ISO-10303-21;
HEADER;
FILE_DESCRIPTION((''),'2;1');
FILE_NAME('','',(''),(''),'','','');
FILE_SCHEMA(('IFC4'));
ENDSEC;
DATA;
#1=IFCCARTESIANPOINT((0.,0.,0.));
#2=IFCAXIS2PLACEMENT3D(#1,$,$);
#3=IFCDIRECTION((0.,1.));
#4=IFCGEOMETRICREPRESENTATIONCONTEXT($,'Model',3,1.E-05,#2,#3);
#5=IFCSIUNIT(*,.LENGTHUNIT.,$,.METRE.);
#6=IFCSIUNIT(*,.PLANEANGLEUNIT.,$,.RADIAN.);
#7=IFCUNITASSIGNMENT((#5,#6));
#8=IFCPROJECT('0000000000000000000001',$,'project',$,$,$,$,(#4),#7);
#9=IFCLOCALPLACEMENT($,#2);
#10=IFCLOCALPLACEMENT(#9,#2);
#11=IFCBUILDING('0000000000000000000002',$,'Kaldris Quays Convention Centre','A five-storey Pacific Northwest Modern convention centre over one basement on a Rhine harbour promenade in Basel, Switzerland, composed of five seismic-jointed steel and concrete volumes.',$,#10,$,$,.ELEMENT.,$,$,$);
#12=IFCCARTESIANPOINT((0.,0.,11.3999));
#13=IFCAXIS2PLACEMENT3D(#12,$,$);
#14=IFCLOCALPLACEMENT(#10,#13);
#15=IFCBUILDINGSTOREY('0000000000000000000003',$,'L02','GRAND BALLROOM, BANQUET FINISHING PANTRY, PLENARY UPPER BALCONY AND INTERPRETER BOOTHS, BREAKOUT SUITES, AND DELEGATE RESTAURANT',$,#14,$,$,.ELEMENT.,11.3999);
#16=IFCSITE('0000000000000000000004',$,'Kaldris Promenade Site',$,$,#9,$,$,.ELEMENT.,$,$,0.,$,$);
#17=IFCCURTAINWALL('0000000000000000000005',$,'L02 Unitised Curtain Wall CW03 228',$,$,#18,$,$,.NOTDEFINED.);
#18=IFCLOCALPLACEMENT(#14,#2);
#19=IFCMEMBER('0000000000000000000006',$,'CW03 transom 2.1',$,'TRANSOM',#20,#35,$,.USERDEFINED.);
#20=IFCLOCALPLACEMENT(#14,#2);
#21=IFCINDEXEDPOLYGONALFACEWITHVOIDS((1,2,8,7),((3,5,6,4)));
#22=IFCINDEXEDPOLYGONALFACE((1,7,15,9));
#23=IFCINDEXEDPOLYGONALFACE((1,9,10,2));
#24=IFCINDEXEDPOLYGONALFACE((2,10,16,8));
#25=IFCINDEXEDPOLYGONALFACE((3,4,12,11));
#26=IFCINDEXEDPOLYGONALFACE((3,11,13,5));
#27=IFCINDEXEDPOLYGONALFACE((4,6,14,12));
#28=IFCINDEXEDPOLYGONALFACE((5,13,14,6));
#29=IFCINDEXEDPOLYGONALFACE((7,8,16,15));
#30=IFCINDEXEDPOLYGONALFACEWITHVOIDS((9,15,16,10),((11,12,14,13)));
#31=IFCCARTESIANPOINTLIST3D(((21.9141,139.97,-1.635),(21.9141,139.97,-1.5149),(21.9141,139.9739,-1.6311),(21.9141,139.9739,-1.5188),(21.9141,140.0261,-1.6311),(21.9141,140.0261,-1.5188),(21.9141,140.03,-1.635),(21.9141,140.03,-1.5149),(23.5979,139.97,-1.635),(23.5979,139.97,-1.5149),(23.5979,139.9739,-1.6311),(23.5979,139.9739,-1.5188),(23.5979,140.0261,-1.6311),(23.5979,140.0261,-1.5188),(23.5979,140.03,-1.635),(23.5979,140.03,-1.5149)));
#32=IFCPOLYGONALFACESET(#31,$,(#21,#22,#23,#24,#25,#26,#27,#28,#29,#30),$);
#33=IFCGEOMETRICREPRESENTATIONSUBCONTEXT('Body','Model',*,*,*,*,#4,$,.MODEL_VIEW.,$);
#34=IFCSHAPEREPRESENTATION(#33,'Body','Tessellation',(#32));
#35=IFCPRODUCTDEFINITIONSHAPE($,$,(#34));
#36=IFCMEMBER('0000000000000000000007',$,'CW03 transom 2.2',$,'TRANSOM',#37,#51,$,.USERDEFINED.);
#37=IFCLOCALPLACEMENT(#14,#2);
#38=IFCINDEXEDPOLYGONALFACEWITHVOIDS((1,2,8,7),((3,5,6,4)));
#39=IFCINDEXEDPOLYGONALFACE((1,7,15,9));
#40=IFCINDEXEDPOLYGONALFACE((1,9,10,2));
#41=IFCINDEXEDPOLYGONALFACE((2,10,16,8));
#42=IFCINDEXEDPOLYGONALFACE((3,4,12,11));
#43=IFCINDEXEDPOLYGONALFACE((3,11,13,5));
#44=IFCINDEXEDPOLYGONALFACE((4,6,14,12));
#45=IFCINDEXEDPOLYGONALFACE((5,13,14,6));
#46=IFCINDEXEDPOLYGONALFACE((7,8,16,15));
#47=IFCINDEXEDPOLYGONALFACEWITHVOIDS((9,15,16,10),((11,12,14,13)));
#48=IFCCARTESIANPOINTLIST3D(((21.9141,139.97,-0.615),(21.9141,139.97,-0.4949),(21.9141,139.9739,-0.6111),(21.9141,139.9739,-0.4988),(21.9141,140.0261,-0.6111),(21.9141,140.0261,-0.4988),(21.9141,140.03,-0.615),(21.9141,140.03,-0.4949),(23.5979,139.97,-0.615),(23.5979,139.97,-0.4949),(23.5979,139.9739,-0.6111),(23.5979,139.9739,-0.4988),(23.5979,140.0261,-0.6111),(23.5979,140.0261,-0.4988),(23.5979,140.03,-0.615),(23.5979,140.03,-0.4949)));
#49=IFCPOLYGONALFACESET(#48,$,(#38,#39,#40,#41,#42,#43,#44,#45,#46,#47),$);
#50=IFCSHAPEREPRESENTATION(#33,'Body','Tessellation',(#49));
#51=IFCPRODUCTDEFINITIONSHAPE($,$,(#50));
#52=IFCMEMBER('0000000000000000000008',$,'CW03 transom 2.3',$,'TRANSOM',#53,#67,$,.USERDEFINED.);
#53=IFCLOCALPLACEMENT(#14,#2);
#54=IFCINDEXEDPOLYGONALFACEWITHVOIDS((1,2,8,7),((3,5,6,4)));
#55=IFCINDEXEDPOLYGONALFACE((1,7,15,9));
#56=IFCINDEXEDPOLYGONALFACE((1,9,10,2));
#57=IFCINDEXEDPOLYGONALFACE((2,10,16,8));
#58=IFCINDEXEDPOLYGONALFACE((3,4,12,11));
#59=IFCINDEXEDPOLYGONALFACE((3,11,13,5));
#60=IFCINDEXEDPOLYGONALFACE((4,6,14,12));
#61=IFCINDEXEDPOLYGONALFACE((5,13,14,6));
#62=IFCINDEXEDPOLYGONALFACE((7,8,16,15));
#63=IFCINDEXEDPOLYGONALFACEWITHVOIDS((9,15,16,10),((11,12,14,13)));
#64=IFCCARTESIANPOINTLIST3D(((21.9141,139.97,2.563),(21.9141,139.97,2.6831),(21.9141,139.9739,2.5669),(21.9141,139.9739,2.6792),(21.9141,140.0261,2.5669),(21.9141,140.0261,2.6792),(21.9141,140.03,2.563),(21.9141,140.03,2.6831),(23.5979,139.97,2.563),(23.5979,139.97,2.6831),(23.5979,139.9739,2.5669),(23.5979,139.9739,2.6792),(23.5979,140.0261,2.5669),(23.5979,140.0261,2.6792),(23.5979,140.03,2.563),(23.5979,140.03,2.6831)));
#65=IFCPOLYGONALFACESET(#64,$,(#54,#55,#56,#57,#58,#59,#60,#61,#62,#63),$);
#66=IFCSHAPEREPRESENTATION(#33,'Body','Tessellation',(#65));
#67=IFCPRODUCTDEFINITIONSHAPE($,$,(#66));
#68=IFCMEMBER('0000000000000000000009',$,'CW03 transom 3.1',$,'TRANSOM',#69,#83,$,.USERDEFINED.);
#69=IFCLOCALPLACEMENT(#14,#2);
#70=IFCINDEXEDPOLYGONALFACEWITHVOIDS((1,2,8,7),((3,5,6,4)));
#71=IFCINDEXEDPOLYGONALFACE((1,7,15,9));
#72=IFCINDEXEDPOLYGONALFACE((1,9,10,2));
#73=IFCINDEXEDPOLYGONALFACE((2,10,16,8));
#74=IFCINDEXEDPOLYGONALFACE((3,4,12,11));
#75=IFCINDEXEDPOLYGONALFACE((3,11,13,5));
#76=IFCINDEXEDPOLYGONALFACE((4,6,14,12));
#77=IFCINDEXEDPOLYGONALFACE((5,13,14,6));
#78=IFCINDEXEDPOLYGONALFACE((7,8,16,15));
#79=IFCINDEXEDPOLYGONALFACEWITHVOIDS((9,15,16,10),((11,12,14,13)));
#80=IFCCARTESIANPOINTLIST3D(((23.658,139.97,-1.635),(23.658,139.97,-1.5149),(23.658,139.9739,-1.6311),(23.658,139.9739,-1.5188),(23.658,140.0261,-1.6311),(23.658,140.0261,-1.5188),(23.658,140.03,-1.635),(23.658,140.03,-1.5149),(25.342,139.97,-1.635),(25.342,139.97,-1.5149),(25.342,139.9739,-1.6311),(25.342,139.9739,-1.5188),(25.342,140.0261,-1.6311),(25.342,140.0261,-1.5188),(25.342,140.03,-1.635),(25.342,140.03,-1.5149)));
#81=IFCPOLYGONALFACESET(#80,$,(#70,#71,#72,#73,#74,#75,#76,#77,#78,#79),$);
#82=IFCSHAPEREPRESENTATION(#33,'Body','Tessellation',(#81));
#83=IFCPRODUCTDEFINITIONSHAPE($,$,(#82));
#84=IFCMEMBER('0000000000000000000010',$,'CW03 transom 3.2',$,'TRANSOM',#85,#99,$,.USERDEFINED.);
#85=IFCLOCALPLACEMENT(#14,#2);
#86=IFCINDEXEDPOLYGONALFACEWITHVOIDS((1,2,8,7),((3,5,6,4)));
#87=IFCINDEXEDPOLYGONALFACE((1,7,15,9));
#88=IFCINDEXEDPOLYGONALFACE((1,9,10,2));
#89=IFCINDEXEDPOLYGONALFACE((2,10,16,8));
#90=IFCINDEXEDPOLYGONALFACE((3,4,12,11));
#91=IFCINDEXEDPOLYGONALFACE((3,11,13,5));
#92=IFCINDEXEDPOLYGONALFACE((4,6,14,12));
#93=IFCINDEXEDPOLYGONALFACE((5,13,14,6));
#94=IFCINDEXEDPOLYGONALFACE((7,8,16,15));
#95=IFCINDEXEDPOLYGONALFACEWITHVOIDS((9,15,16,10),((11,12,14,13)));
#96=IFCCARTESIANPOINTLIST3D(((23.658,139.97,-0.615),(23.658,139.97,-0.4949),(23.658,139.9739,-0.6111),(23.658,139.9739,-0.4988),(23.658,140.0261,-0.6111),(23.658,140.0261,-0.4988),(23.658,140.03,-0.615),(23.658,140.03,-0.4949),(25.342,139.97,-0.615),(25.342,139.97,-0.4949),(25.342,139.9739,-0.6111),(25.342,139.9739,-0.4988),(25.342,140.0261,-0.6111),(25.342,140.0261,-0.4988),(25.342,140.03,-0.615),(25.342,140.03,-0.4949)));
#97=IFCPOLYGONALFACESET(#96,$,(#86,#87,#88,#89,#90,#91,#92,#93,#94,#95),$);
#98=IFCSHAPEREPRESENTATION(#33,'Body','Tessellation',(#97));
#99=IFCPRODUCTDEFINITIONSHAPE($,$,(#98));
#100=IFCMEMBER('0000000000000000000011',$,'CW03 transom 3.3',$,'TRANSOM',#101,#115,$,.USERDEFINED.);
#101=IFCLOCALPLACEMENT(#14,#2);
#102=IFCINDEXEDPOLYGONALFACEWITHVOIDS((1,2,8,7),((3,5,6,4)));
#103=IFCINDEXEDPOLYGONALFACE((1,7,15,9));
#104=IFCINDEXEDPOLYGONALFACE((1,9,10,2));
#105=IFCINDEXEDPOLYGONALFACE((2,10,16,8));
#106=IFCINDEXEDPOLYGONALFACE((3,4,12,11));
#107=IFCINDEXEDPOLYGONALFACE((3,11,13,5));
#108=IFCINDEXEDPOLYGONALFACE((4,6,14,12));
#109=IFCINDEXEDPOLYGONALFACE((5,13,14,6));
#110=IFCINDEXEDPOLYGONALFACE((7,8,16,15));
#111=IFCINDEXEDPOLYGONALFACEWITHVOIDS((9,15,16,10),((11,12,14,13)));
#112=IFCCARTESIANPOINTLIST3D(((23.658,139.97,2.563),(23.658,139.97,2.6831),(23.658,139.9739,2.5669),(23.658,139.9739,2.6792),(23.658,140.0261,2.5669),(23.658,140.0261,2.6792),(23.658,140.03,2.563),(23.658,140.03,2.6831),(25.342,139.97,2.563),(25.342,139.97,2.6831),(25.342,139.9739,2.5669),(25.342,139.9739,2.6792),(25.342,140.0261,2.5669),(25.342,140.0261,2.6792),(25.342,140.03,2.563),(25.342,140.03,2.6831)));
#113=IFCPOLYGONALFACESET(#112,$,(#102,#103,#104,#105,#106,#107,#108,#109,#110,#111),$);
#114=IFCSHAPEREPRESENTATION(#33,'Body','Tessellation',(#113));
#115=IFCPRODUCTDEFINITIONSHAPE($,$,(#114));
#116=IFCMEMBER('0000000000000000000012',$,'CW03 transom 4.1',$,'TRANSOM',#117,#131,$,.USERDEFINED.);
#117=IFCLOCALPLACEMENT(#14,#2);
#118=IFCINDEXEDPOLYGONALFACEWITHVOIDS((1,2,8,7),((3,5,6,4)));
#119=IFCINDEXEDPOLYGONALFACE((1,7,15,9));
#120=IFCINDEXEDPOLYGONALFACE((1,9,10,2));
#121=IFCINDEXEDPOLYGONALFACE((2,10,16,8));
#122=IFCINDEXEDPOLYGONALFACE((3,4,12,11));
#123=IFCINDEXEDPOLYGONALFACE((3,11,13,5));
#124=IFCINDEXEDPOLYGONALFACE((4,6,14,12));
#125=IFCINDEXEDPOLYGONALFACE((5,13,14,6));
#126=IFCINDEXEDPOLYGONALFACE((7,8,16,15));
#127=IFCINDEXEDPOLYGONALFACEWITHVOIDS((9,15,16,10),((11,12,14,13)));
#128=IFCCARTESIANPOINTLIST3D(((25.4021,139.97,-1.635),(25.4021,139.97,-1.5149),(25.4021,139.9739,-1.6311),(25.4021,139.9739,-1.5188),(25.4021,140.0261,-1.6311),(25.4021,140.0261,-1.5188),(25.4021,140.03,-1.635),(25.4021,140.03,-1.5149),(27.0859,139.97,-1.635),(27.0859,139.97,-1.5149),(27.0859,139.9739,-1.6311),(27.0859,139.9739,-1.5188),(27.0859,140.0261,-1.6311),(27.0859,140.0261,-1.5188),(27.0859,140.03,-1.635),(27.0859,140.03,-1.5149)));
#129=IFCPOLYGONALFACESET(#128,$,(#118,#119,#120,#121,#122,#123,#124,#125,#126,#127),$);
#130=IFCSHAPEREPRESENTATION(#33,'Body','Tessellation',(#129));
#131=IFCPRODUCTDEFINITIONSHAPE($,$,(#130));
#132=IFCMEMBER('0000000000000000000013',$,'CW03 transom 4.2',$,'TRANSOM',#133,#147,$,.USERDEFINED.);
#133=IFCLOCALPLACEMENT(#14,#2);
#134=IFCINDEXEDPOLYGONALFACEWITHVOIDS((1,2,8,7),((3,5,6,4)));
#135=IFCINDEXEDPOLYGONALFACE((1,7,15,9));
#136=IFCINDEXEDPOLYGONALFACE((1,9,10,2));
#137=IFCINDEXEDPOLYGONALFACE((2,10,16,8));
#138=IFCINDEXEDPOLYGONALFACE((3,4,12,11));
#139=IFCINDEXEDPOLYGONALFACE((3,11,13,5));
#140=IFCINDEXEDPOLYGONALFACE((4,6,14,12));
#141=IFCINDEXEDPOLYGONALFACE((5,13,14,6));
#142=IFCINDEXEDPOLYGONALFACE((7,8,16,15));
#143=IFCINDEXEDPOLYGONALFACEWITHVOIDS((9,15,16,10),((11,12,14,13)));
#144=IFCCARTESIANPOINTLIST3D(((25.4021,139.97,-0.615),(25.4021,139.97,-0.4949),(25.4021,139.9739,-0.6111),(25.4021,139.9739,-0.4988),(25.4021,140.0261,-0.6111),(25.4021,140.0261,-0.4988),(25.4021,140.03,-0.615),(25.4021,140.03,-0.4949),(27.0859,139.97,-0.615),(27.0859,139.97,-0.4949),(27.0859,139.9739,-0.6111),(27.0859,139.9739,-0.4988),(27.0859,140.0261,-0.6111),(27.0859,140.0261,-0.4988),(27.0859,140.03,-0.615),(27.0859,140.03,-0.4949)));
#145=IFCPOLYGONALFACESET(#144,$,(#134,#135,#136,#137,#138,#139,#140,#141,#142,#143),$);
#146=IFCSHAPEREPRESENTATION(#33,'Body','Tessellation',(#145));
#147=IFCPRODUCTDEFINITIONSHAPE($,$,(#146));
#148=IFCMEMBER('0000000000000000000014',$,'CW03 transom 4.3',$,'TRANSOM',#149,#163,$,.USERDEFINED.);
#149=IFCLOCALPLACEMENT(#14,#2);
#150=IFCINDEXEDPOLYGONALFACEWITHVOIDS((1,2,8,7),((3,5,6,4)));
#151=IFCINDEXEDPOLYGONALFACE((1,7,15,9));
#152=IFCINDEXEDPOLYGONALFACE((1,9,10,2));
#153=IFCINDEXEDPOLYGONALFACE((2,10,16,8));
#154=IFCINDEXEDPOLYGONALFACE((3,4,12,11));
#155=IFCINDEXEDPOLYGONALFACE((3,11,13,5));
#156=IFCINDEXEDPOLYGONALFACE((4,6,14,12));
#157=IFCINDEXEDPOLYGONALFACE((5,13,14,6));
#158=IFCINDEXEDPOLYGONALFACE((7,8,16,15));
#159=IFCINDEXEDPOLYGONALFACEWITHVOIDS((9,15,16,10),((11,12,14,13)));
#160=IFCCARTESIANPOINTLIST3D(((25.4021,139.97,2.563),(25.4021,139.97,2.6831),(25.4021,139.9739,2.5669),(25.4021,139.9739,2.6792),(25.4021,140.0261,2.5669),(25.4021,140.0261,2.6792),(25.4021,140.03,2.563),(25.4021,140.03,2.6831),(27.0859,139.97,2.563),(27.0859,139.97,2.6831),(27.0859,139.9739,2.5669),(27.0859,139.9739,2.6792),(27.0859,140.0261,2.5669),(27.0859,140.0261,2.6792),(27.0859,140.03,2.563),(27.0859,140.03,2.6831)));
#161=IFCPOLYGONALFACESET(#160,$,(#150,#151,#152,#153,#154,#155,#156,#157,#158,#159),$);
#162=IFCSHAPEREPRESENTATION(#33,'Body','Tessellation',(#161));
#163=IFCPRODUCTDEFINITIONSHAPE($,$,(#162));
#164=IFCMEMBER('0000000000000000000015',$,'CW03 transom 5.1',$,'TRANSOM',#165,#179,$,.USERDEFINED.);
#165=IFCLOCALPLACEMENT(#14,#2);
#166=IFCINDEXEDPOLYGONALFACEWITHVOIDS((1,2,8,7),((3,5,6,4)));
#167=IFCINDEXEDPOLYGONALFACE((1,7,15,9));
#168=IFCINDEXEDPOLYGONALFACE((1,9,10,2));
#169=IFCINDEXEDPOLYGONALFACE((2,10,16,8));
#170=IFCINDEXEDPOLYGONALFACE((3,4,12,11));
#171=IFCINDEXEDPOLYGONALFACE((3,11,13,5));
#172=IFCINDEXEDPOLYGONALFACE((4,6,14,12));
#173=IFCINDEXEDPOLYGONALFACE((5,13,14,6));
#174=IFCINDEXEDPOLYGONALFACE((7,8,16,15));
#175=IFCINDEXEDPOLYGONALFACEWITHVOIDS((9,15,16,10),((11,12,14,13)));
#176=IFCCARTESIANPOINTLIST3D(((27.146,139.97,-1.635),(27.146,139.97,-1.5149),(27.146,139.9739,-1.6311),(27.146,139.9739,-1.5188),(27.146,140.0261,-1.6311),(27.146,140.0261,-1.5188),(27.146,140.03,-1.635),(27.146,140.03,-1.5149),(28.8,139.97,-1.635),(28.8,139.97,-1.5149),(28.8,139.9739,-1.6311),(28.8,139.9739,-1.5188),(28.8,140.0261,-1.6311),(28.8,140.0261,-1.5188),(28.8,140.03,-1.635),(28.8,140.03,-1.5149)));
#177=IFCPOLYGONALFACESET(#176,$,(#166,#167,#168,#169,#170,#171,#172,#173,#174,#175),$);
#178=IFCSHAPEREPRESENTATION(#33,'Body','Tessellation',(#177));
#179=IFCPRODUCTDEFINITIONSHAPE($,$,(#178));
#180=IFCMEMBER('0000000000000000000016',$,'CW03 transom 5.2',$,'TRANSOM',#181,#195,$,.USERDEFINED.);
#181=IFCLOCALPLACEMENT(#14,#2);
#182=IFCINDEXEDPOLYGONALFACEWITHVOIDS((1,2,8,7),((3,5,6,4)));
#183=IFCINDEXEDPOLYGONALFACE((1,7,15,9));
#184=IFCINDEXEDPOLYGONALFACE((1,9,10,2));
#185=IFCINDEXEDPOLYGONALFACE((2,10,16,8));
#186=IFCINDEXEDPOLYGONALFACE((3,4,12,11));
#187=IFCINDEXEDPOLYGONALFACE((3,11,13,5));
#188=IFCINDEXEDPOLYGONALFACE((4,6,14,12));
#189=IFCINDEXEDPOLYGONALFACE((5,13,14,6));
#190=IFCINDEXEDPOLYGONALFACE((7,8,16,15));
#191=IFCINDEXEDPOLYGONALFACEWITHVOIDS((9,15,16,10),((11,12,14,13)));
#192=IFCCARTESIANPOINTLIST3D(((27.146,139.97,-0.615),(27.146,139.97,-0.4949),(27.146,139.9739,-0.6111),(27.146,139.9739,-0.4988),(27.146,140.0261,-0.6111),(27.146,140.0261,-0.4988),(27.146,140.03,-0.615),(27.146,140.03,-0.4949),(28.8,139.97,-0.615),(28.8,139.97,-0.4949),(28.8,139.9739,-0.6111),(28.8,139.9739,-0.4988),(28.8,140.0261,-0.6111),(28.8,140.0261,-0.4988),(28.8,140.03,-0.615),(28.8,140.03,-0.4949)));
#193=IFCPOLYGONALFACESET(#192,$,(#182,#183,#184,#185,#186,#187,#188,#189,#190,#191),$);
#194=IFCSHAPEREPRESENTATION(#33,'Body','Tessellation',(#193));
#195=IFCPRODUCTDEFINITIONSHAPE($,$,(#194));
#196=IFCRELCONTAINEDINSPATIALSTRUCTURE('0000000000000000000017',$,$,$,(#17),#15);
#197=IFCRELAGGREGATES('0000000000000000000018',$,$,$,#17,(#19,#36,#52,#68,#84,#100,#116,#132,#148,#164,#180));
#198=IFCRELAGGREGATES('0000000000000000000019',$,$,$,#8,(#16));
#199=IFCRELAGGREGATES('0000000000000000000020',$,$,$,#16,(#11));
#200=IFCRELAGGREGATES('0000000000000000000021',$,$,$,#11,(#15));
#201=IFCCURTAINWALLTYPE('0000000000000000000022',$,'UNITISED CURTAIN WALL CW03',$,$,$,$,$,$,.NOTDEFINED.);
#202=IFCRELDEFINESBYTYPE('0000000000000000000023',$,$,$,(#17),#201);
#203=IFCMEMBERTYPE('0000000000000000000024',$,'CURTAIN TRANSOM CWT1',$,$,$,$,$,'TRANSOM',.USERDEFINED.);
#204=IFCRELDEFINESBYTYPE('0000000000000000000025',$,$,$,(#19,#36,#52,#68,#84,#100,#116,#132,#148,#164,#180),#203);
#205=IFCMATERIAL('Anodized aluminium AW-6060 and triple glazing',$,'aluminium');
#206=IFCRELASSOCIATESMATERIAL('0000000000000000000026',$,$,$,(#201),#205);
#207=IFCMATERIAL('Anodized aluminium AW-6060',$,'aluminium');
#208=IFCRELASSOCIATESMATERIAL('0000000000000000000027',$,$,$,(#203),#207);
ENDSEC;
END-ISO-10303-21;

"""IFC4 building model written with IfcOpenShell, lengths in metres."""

from ifc_helpers import new_model, si_unit, direction, frame, origin, origin_2d, place, context, subcontext, project, spatial, hollow_rectangle, extrude, material, material_profile, profile_set, type_object, element, aggregate, save


model = new_model("IFC4")

# Units and contexts
model_context = context("Model", 3, precision=1e-05, world=origin(), true_north=direction((0.0, 1.0)))
body_context = subcontext(model_context, "Body", "Model", "MODEL_VIEW")
ifc_project = project(units=[si_unit("LENGTHUNIT", "METRE"), si_unit("PLANEANGLEUNIT", "RADIAN")], contexts=[model_context])

# Site, building, storey
site_placement = place(None, origin())
site = spatial("IfcSite", under=ifc_project, at=site_placement, Name="Kaldris Promenade Site", CompositionType="ELEMENT", RefElevation=0.0)
building_placement = place(site_placement, origin())
building = spatial("IfcBuilding", under=site, at=building_placement, Name="Kaldris Quays Convention Centre", Description="A five-storey Pacific Northwest Modern convention centre over one basement on a Rhine harbour promenade in Basel, Switzerland, composed of five seismic-jointed steel and concrete volumes.", CompositionType="ELEMENT")
storey_placement = place(building_placement, frame((0.0, 0.0, 11.3999)))
storey = spatial("IfcBuildingStorey", under=building, at=storey_placement, Name="L02", Description="GRAND BALLROOM, BANQUET FINISHING PANTRY, PLENARY UPPER BALCONY AND INTERPRETER BOOTHS, BREAKOUT SUITES, AND DELEGATE RESTAURANT", CompositionType="ELEMENT", Elevation=11.3999)

# Curtain wall, members
ifc_material_1 = material(Name="Anodized aluminium AW-6060 and triple glazing", Category="aluminium")
curtain_wall_type = type_object("IfcCurtainWallType", Name="UNITISED CURTAIN WALL CW03", PredefinedType="NOTDEFINED", material=ifc_material_1)
curtain_wall_placement = place(storey_placement, origin())
curtain_wall = element("IfcCurtainWall", 1, at=curtain_wall_placement, inside=storey, type_object=curtain_wall_type, Name="L02 Unitised Curtain Wall CW03 228", PredefinedType="NOTDEFINED")
ifc_material_2 = material(Name="Anodized aluminium AW-6060", Category="aluminium")
ifc_material_profile_1 = material_profile(ifc_material_2, hollow_rectangle(XDim=0.0601, YDim=0.1201, WallThickness=0.0039, at=origin_2d()), Name="RHS 120x60x4")
ifc_profile_set_1 = profile_set([ifc_material_profile_1], Name="Anodized aluminium AW-6060")
member_type_1 = type_object("IfcMemberType", Name="CURTAIN TRANSOM CWT1", ElementType="TRANSOM", PredefinedType="USERDEFINED", material=ifc_profile_set_1)
member_1_placement = place(storey_placement, frame((21.9141, 140.0, -1.575), z_axis=(1.0, 0.0, 0.0), x_axis=(0.0, 1.0, 0.0)))
member_1 = element("IfcMember", 2, at=member_1_placement, type_object=member_type_1, Name="CW03 transom 2.1", ObjectType="TRANSOM", PredefinedType="USERDEFINED", context=body_context, shape_type="SweptSolid", body=[
    extrude(hollow_rectangle(XDim=0.0601, YDim=0.1201, WallThickness=0.0039, at=origin_2d()), origin(), (0.0, 0.0, 1.0), 1.6838),
])
member_2_placement = place(storey_placement, frame((21.9141, 140.0, -0.5549), z_axis=(1.0, 0.0, 0.0), x_axis=(0.0, 1.0, 0.0)))
member_2 = element("IfcMember", 3, at=member_2_placement, type_object=member_type_1, Name="CW03 transom 2.2", ObjectType="TRANSOM", PredefinedType="USERDEFINED", context=body_context, shape_type="SweptSolid", body=[
    extrude(hollow_rectangle(XDim=0.0601, YDim=0.1201, WallThickness=0.0039, at=origin_2d()), origin(), (0.0, 0.0, 1.0), 1.6838),
])
member_3_placement = place(storey_placement, frame((21.9141, 140.0, 2.623), z_axis=(1.0, 0.0, 0.0), x_axis=(0.0, 1.0, 0.0)))
member_3 = element("IfcMember", 4, at=member_3_placement, type_object=member_type_1, Name="CW03 transom 2.3", ObjectType="TRANSOM", PredefinedType="USERDEFINED", context=body_context, shape_type="SweptSolid", body=[
    extrude(hollow_rectangle(XDim=0.0601, YDim=0.1201, WallThickness=0.0039, at=origin_2d()), origin(), (0.0, 0.0, 1.0), 1.6838),
])
member_4_placement = place(storey_placement, frame((23.658, 140.0, -1.575), z_axis=(1.0, 0.0, 0.0), x_axis=(0.0, 1.0, 0.0)))
member_4 = element("IfcMember", 5, at=member_4_placement, type_object=member_type_1, Name="CW03 transom 3.1", ObjectType="TRANSOM", PredefinedType="USERDEFINED", context=body_context, shape_type="SweptSolid", body=[
    extrude(hollow_rectangle(XDim=0.0601, YDim=0.1201, WallThickness=0.0039, at=origin_2d()), origin(), (0.0, 0.0, 1.0), 1.6841),
])
member_5_placement = place(storey_placement, frame((23.658, 140.0, -0.5549), z_axis=(1.0, 0.0, 0.0), x_axis=(0.0, 1.0, 0.0)))
member_5 = element("IfcMember", 6, at=member_5_placement, type_object=member_type_1, Name="CW03 transom 3.2", ObjectType="TRANSOM", PredefinedType="USERDEFINED", context=body_context, shape_type="SweptSolid", body=[
    extrude(hollow_rectangle(XDim=0.0601, YDim=0.1201, WallThickness=0.0039, at=origin_2d()), origin(), (0.0, 0.0, 1.0), 1.6841),
])
member_6_placement = place(storey_placement, frame((23.658, 140.0, 2.623), z_axis=(1.0, 0.0, 0.0), x_axis=(0.0, 1.0, 0.0)))
member_6 = element("IfcMember", 7, at=member_6_placement, type_object=member_type_1, Name="CW03 transom 3.3", ObjectType="TRANSOM", PredefinedType="USERDEFINED", context=body_context, shape_type="SweptSolid", body=[
    extrude(hollow_rectangle(XDim=0.0601, YDim=0.1201, WallThickness=0.0039, at=origin_2d()), origin(), (0.0, 0.0, 1.0), 1.6841),
])
member_7_placement = place(storey_placement, frame((25.4021, 140.0, -1.575), z_axis=(1.0, 0.0, 0.0), x_axis=(0.0, 1.0, 0.0)))
member_7 = element("IfcMember", 8, at=member_7_placement, type_object=member_type_1, Name="CW03 transom 4.1", ObjectType="TRANSOM", PredefinedType="USERDEFINED", context=body_context, shape_type="SweptSolid", body=[
    extrude(hollow_rectangle(XDim=0.0601, YDim=0.1201, WallThickness=0.0039, at=origin_2d()), origin(), (0.0, 0.0, 1.0), 1.6838),
])
member_8_placement = place(storey_placement, frame((25.4021, 140.0, -0.5549), z_axis=(1.0, 0.0, 0.0), x_axis=(0.0, 1.0, 0.0)))
member_8 = element("IfcMember", 9, at=member_8_placement, type_object=member_type_1, Name="CW03 transom 4.2", ObjectType="TRANSOM", PredefinedType="USERDEFINED", context=body_context, shape_type="SweptSolid", body=[
    extrude(hollow_rectangle(XDim=0.0601, YDim=0.1201, WallThickness=0.0039, at=origin_2d()), origin(), (0.0, 0.0, 1.0), 1.6838),
])
member_9_placement = place(storey_placement, frame((25.4021, 140.0, 2.623), z_axis=(1.0, 0.0, 0.0), x_axis=(0.0, 1.0, 0.0)))
member_9 = element("IfcMember", 10, at=member_9_placement, type_object=member_type_1, Name="CW03 transom 4.3", ObjectType="TRANSOM", PredefinedType="USERDEFINED", context=body_context, shape_type="SweptSolid", body=[
    extrude(hollow_rectangle(XDim=0.0601, YDim=0.1201, WallThickness=0.0039, at=origin_2d()), origin(), (0.0, 0.0, 1.0), 1.6838),
])
member_10_placement = place(storey_placement, frame((27.146, 140.0, -1.575), z_axis=(1.0, 0.0, 0.0), x_axis=(0.0, 1.0, 0.0)))
member_10 = element("IfcMember", 11, at=member_10_placement, type_object=member_type_1, Name="CW03 transom 5.1", ObjectType="TRANSOM", PredefinedType="USERDEFINED", context=body_context, shape_type="SweptSolid", body=[
    extrude(hollow_rectangle(XDim=0.0601, YDim=0.1201, WallThickness=0.0039, at=origin_2d()), origin(), (0.0, 0.0, 1.0), 1.6541),
])
member_11_placement = place(storey_placement, frame((27.146, 140.0, -0.5549), z_axis=(1.0, 0.0, 0.0), x_axis=(0.0, 1.0, 0.0)))
member_11 = element("IfcMember", 12, at=member_11_placement, type_object=member_type_1, Name="CW03 transom 5.2", ObjectType="TRANSOM", PredefinedType="USERDEFINED", context=body_context, shape_type="SweptSolid", body=[
    extrude(hollow_rectangle(XDim=0.0601, YDim=0.1201, WallThickness=0.0039, at=origin_2d()), origin(), (0.0, 0.0, 1.0), 1.6541),
])
aggregate(curtain_wall, [member_1, member_2, member_3, member_4, member_5, member_6, member_7, member_8, member_9, member_10, member_11])

save(model, "model.ifc")
